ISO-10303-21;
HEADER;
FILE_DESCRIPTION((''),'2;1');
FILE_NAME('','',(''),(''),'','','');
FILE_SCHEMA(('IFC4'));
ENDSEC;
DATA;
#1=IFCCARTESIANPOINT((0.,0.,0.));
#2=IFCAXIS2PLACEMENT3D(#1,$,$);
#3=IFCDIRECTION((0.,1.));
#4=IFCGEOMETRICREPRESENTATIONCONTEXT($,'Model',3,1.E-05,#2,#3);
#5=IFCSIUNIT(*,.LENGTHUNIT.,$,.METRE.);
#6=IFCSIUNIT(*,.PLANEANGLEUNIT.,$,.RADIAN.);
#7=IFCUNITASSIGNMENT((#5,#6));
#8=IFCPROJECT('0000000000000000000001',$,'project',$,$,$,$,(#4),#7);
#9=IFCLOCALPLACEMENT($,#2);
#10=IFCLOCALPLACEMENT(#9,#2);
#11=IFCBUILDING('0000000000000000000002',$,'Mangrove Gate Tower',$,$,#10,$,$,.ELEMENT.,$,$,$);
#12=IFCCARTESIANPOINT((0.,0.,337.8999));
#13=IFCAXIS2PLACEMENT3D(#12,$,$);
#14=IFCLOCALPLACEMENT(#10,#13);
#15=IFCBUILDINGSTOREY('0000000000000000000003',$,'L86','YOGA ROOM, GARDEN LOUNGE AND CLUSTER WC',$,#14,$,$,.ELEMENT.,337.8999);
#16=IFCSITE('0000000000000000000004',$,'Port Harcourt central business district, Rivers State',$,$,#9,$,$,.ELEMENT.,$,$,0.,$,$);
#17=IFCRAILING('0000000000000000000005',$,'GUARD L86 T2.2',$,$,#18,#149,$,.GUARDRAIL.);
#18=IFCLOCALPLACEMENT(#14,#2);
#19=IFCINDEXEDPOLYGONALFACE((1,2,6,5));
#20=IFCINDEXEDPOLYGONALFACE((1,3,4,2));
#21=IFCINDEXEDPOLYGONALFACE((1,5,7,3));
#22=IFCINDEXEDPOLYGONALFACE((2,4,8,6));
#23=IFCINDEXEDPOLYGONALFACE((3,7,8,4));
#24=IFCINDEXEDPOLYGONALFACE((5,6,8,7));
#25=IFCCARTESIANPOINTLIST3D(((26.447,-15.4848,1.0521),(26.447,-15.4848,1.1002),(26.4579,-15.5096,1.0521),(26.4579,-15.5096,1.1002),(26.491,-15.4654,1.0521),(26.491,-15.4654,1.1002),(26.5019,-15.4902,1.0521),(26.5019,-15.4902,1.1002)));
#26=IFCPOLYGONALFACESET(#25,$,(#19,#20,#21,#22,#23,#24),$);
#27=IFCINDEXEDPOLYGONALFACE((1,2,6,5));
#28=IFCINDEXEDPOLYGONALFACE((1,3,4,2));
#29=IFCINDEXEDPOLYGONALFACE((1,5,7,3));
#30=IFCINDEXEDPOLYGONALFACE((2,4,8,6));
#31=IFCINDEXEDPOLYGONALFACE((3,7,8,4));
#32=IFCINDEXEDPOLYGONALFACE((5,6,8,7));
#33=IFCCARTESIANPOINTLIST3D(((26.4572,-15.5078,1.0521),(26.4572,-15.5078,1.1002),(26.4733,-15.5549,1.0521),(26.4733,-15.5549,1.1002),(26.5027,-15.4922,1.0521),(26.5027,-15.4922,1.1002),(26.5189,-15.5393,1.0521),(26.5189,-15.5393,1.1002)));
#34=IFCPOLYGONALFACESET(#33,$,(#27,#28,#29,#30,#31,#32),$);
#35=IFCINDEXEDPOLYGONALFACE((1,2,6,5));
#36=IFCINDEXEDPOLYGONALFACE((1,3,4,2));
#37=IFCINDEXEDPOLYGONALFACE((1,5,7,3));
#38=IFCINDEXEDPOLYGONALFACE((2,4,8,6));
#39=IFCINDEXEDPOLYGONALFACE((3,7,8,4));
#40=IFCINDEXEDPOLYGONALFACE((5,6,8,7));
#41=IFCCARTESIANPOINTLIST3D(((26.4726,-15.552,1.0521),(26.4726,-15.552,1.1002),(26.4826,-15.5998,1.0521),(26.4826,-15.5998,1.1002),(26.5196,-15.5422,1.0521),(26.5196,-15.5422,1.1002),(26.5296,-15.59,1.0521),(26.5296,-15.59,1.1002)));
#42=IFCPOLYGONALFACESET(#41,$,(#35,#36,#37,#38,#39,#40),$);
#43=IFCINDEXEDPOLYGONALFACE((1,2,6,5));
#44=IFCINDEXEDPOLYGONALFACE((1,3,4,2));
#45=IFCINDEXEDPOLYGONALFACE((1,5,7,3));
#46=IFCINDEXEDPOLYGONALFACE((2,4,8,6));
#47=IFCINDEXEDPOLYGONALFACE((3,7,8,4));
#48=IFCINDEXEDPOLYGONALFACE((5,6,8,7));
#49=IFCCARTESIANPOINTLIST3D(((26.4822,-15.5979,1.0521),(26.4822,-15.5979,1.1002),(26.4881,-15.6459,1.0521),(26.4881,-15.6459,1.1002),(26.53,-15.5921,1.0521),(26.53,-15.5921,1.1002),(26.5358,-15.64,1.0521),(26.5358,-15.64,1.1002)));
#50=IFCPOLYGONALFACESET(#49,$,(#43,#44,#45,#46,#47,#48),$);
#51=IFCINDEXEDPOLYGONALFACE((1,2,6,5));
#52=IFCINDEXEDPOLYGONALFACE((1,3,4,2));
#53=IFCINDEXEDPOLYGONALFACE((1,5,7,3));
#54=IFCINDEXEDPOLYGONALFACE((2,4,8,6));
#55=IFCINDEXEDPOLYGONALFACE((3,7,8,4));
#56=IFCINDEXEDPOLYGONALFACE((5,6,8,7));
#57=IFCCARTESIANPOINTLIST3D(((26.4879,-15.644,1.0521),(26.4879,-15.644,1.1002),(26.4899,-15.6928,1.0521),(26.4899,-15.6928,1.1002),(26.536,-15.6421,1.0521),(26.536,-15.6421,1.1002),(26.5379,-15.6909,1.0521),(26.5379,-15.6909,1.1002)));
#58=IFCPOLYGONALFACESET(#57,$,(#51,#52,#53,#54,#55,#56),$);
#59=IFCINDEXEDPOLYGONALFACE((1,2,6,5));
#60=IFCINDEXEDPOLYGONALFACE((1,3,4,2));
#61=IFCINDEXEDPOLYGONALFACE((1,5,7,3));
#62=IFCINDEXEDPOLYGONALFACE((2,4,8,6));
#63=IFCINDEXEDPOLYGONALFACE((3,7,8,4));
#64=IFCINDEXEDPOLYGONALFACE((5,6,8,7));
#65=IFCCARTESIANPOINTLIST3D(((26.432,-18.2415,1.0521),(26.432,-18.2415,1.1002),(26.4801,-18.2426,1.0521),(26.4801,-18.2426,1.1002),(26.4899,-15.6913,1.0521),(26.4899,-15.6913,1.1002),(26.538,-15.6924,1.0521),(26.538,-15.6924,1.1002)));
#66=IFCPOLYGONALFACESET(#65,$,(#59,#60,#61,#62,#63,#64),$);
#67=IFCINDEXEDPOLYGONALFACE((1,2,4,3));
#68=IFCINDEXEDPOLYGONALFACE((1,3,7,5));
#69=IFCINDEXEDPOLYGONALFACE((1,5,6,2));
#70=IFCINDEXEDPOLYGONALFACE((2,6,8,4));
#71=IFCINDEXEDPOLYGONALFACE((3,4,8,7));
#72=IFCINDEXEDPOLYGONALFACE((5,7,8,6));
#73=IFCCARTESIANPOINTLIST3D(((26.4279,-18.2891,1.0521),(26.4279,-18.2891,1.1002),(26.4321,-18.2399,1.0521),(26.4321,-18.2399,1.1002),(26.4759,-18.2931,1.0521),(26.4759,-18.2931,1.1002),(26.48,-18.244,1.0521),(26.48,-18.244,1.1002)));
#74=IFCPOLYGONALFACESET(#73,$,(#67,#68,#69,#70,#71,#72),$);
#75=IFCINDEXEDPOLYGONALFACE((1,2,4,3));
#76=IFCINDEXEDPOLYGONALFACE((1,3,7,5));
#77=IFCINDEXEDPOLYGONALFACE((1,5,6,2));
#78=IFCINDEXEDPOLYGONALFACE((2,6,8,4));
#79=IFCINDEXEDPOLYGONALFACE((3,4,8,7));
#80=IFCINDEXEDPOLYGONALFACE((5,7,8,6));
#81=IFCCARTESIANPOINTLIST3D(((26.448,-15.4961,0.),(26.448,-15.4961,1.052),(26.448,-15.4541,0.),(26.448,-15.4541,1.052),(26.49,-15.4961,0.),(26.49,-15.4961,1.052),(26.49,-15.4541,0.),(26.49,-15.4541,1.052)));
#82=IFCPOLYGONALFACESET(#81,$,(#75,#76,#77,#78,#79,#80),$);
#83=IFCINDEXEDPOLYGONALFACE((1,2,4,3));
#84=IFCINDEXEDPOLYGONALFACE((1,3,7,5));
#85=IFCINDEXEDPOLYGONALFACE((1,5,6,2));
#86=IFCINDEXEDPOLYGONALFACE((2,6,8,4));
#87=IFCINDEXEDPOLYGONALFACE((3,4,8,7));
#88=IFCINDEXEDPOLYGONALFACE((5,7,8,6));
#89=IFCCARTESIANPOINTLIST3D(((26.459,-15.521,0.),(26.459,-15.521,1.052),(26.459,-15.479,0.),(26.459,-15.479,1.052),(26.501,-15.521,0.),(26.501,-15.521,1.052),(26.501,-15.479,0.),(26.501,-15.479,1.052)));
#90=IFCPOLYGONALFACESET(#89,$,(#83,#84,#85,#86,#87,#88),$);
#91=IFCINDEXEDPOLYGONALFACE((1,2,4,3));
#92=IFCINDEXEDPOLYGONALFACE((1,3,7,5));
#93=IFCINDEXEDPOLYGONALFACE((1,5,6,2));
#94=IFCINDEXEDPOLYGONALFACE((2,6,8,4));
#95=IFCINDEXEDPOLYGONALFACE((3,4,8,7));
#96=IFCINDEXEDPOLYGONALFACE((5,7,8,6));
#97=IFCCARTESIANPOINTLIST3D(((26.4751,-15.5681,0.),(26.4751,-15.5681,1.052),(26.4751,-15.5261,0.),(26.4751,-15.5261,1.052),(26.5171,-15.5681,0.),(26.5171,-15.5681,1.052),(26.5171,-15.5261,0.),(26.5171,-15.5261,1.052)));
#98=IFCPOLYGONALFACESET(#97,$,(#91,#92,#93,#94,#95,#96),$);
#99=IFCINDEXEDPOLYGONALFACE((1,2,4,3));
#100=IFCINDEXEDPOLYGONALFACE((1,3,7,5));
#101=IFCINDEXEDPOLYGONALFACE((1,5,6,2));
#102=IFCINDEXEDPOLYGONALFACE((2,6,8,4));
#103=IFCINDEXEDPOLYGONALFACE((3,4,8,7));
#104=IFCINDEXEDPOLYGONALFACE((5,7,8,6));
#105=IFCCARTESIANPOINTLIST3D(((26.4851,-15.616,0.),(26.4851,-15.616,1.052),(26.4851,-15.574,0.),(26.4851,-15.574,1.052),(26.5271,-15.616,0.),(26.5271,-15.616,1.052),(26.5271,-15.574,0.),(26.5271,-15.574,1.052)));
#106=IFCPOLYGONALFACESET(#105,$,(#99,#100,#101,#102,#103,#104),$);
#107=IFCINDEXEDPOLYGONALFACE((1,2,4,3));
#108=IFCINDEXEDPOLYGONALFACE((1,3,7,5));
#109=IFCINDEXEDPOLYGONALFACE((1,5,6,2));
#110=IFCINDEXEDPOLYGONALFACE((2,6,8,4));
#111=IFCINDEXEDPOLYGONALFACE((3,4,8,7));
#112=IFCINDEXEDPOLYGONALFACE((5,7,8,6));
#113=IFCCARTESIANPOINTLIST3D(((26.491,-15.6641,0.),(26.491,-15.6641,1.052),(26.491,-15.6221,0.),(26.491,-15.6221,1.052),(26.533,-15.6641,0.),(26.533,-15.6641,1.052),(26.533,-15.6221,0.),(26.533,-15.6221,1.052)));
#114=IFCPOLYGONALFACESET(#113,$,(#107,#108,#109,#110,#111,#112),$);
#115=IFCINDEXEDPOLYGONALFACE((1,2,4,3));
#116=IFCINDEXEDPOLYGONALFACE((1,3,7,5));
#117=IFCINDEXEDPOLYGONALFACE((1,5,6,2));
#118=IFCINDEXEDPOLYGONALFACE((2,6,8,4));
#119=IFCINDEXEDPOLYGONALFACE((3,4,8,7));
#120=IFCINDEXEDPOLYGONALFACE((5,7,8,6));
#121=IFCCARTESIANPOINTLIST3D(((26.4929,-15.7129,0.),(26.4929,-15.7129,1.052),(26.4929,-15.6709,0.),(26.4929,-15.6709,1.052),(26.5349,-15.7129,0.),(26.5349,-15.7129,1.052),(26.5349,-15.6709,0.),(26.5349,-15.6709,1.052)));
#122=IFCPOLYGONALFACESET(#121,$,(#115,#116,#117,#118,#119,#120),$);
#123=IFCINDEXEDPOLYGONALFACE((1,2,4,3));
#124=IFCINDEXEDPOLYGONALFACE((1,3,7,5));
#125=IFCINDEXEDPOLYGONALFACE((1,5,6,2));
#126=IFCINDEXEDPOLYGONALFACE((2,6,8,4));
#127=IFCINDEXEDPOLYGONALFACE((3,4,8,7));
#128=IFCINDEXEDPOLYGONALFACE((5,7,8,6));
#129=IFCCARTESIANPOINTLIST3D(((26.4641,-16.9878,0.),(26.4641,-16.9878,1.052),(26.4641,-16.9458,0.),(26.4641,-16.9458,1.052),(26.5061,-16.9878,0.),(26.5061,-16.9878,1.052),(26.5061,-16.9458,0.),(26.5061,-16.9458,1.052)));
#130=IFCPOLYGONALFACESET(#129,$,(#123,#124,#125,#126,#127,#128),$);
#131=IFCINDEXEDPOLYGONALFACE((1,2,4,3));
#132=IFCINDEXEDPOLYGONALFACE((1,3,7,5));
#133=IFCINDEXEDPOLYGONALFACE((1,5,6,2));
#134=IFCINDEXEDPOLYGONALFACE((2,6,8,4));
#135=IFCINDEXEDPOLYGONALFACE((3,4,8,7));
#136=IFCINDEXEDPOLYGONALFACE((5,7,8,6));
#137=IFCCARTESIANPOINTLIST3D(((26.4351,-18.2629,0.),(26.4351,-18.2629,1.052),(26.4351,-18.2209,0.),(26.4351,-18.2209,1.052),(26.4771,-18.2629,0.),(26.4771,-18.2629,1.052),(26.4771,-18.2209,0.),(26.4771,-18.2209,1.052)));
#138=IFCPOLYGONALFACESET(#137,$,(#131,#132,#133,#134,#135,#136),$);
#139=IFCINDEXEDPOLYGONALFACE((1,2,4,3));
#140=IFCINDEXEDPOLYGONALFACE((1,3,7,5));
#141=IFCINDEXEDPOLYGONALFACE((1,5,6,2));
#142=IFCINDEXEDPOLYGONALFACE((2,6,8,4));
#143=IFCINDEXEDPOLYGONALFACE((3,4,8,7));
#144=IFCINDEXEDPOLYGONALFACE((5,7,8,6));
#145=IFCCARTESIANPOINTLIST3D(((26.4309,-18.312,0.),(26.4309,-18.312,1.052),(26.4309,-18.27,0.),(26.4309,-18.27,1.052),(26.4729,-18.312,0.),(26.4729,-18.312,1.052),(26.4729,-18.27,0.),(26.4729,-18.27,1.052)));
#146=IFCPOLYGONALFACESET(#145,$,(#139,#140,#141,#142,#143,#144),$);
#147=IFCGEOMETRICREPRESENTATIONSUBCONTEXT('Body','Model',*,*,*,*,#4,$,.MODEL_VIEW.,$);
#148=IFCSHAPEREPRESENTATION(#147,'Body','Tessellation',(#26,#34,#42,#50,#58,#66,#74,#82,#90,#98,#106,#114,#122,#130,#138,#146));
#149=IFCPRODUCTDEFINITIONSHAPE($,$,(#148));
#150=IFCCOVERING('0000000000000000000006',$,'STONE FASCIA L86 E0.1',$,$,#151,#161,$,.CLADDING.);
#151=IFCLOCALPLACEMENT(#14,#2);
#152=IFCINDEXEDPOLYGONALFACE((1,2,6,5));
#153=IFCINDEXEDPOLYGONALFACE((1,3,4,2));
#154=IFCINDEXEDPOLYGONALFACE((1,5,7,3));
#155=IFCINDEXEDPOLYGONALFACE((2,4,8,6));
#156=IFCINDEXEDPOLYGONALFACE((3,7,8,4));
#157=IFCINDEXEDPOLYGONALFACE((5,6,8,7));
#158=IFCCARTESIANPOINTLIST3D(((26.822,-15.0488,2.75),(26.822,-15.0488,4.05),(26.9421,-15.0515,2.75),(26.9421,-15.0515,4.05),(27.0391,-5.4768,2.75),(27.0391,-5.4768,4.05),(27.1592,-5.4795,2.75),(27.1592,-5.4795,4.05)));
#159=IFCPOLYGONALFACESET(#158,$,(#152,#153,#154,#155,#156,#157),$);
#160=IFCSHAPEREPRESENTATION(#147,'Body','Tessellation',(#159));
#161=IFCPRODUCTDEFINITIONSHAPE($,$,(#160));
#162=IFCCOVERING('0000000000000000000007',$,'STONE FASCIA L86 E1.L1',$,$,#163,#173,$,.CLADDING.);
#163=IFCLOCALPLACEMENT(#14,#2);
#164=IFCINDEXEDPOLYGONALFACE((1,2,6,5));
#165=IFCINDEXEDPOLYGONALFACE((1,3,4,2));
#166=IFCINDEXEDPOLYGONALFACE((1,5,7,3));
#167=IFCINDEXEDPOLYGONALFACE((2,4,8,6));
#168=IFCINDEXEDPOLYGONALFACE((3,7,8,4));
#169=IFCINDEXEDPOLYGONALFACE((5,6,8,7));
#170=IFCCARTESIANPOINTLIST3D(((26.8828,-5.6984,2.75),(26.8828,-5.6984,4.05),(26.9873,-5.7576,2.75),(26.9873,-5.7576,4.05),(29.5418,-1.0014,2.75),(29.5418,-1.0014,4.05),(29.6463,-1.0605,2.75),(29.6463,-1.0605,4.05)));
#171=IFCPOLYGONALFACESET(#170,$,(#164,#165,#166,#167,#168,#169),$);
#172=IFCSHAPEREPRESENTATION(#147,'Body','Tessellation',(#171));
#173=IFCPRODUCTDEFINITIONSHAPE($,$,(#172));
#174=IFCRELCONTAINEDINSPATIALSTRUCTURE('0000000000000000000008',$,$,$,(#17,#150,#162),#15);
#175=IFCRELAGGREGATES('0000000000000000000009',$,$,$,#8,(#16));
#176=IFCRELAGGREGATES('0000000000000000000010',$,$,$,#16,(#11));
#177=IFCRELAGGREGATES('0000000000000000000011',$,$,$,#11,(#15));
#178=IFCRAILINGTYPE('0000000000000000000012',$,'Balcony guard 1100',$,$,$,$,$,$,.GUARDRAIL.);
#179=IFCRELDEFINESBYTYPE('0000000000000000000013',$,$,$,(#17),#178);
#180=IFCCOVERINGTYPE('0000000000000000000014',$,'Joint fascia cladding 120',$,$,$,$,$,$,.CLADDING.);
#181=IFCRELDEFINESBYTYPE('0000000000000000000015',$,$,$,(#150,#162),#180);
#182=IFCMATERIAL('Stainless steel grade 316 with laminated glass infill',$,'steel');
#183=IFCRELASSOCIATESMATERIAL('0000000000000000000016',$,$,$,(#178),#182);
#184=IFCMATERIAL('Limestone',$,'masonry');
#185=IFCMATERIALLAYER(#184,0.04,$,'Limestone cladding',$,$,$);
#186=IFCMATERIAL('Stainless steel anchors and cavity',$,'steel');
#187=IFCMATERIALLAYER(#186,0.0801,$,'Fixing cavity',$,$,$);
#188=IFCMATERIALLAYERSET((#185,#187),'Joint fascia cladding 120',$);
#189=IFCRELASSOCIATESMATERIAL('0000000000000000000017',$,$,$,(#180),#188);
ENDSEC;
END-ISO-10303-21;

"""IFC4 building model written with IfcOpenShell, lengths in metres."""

from ifc_helpers import new_model, si_unit, direction, frame, frame_2d, origin, origin_2d, place, context, subcontext, project, spatial, rectangle, extrude, material, layer, layer_set, type_object, element, save


model = new_model("IFC4")

# Units and contexts
model_context = context("Model", 3, precision=1e-05, world=origin(), true_north=direction((0.0, 1.0)))
body_context = subcontext(model_context, "Body", "Model", "MODEL_VIEW")
ifc_project = project(units=[si_unit("LENGTHUNIT", "METRE"), si_unit("PLANEANGLEUNIT", "RADIAN")], contexts=[model_context])

# Site, building, storey
site_placement = place(None, origin())
site = spatial("IfcSite", under=ifc_project, at=site_placement, Name="Port Harcourt central business district, Rivers State", CompositionType="ELEMENT", RefElevation=0.0)
building_placement = place(site_placement, origin())
building = spatial("IfcBuilding", under=site, at=building_placement, Name="Mangrove Gate Tower", CompositionType="ELEMENT")
storey_placement = place(building_placement, frame((0.0, 0.0, 337.8999)))
storey = spatial("IfcBuildingStorey", under=building, at=storey_placement, Name="L86", Description="YOGA ROOM, GARDEN LOUNGE AND CLUSTER WC", CompositionType="ELEMENT", Elevation=337.8999)

# Shared definitions
ifc_material_1 = material(Name="Limestone", Category="masonry")

# Railing
ifc_material_2 = material(Name="Stainless steel grade 316 with laminated glass infill", Category="steel")
railing_type = type_object("IfcRailingType", Name="Balcony guard 1100", PredefinedType="GUARDRAIL", material=ifc_material_2)
railing_1_placement = place(storey_placement, frame((26.469, -15.4751, 0.0)))
element("IfcRailing", 1, at=railing_1_placement, inside=storey, type_object=railing_type, Name="GUARD L86 T2.2", PredefinedType="GUARDRAIL", context=body_context, shape_type="SweptSolid", body=[
    extrude(rectangle(XDim=0.0481, YDim=0.0481, at=origin_2d()), frame((0.0, 0.0, 1.0762), z_axis=(0.40364, -0.914918, 0.0), x_axis=(0.914918, 0.40364, 0.0)), (0.0, 0.0, 1.0), 0.0271),
    extrude(rectangle(XDim=0.0481, YDim=0.0481, at=origin_2d()), frame((0.011, -0.0249, 1.0762), z_axis=(0.323572, -0.946203, 0.0), x_axis=(0.946203, 0.323572, 0.0)), (0.0, 0.0, 1.0), 0.0498),
    extrude(rectangle(XDim=0.0481, YDim=0.0481, at=origin_2d()), frame((0.0271, -0.072, 1.0762), z_axis=(0.204752, -0.978814, 0.0), x_axis=(0.978814, 0.204752, 0.0)), (0.0, 0.0, 1.0), 0.0488),
    extrude(rectangle(XDim=0.0481, YDim=0.0481, at=origin_2d()), frame((0.0371, -0.1199, 1.0762), z_axis=(0.120933, -0.992661, 0.0), x_axis=(0.992661, 0.120933, 0.0)), (0.0, 0.0, 1.0), 0.0483),
    extrude(rectangle(XDim=0.0481, YDim=0.0481, at=origin_2d()), frame((0.043, -0.168, 1.0762), z_axis=(0.039968, -0.999201, 0.0), x_axis=(0.999201, 0.039968, 0.0)), (0.0, 0.0, 1.0), 0.0488),
    extrude(rectangle(XDim=0.0481, YDim=0.0481, at=origin_2d()), frame((0.0449, -0.2168, 1.0762), z_axis=(-0.022684, -0.999743, 0.0), x_axis=(0.999743, -0.022684, 0.0)), (0.0, 0.0, 1.0), 2.5508),
    extrude(rectangle(XDim=0.0481, YDim=0.0481, at=origin_2d()), frame((-0.0129, -2.7668, 1.0762), z_axis=(-0.084276, -0.996442, 0.0), x_axis=(0.996442, -0.084276, 0.0)), (0.0, 0.0, 1.0), 0.0493),
    extrude(rectangle(XDim=0.042, YDim=0.042, at=origin_2d()), origin(), (0.0, 0.0, 1.0), 1.052),
    extrude(rectangle(XDim=0.042, YDim=0.042, at=origin_2d()), frame((0.011, -0.0249, 0.0)), (0.0, 0.0, 1.0), 1.052),
    extrude(rectangle(XDim=0.042, YDim=0.042, at=origin_2d()), frame((0.0271, -0.072, 0.0)), (0.0, 0.0, 1.0), 1.052),
    extrude(rectangle(XDim=0.042, YDim=0.042, at=origin_2d()), frame((0.0371, -0.1199, 0.0)), (0.0, 0.0, 1.0), 1.052),
    extrude(rectangle(XDim=0.042, YDim=0.042, at=origin_2d()), frame((0.043, -0.168, 0.0)), (0.0, 0.0, 1.0), 1.052),
    extrude(rectangle(XDim=0.042, YDim=0.042, at=origin_2d()), frame((0.0449, -0.2168, 0.0)), (0.0, 0.0, 1.0), 1.052),
    extrude(rectangle(XDim=0.042, YDim=0.042, at=origin_2d()), frame((0.0161, -1.4917, 0.0)), (0.0, 0.0, 1.0), 1.052),
    extrude(rectangle(XDim=0.042, YDim=0.042, at=origin_2d()), frame((-0.0129, -2.7668, 0.0)), (0.0, 0.0, 1.0), 1.052),
    extrude(rectangle(XDim=0.042, YDim=0.042, at=origin_2d()), frame((-0.0171, -2.8159, 0.0)), (0.0, 0.0, 1.0), 1.052),
])

# Coverings
ifc_layer_1 = layer(ifc_material_1, 0.04, Name="Limestone cladding")
ifc_material_3 = material(Name="Stainless steel anchors and cavity", Category="steel")
ifc_layer_2 = layer(ifc_material_3, 0.0801, Name="Fixing cavity")
ifc_layer_set_1 = layer_set([ifc_layer_1, ifc_layer_2], Name="Joint fascia cladding 120")
covering_type = type_object("IfcCoveringType", Name="Joint fascia cladding 120", PredefinedType="CLADDING", material=ifc_layer_set_1)
covering_1_placement = place(storey_placement, frame((26.8821, -15.05, 2.75), z_axis=(0.0, 0.0, 1.0), x_axis=(0.022669, 0.999743, 0.0)))
element("IfcCovering", 2, at=covering_1_placement, inside=storey, type_object=covering_type, Name="STONE FASCIA L86 E0.1", PredefinedType="CLADDING", context=body_context, shape_type="SweptSolid", body=[
    extrude(rectangle(XDim=9.5745, YDim=0.1201, at=frame_2d((4.7871, 0.0))), origin(), (0.0, 0.0, 1.0), 1.3),
])
covering_2_placement = place(storey_placement, frame((26.9351, -5.728, 2.75), z_axis=(0.0, 0.0, 1.0), x_axis=(0.492632, 0.870237, 0.0)))
element("IfcCovering", 3, at=covering_2_placement, inside=storey, type_object=covering_type, Name="STONE FASCIA L86 E1.L1", PredefinedType="CLADDING", context=body_context, shape_type="SweptSolid", body=[
    extrude(rectangle(XDim=5.3975, YDim=0.1201, at=frame_2d((2.6987, 0.0))), origin(), (0.0, 0.0, 1.0), 1.3),
])

save(model, "model.ifc")
